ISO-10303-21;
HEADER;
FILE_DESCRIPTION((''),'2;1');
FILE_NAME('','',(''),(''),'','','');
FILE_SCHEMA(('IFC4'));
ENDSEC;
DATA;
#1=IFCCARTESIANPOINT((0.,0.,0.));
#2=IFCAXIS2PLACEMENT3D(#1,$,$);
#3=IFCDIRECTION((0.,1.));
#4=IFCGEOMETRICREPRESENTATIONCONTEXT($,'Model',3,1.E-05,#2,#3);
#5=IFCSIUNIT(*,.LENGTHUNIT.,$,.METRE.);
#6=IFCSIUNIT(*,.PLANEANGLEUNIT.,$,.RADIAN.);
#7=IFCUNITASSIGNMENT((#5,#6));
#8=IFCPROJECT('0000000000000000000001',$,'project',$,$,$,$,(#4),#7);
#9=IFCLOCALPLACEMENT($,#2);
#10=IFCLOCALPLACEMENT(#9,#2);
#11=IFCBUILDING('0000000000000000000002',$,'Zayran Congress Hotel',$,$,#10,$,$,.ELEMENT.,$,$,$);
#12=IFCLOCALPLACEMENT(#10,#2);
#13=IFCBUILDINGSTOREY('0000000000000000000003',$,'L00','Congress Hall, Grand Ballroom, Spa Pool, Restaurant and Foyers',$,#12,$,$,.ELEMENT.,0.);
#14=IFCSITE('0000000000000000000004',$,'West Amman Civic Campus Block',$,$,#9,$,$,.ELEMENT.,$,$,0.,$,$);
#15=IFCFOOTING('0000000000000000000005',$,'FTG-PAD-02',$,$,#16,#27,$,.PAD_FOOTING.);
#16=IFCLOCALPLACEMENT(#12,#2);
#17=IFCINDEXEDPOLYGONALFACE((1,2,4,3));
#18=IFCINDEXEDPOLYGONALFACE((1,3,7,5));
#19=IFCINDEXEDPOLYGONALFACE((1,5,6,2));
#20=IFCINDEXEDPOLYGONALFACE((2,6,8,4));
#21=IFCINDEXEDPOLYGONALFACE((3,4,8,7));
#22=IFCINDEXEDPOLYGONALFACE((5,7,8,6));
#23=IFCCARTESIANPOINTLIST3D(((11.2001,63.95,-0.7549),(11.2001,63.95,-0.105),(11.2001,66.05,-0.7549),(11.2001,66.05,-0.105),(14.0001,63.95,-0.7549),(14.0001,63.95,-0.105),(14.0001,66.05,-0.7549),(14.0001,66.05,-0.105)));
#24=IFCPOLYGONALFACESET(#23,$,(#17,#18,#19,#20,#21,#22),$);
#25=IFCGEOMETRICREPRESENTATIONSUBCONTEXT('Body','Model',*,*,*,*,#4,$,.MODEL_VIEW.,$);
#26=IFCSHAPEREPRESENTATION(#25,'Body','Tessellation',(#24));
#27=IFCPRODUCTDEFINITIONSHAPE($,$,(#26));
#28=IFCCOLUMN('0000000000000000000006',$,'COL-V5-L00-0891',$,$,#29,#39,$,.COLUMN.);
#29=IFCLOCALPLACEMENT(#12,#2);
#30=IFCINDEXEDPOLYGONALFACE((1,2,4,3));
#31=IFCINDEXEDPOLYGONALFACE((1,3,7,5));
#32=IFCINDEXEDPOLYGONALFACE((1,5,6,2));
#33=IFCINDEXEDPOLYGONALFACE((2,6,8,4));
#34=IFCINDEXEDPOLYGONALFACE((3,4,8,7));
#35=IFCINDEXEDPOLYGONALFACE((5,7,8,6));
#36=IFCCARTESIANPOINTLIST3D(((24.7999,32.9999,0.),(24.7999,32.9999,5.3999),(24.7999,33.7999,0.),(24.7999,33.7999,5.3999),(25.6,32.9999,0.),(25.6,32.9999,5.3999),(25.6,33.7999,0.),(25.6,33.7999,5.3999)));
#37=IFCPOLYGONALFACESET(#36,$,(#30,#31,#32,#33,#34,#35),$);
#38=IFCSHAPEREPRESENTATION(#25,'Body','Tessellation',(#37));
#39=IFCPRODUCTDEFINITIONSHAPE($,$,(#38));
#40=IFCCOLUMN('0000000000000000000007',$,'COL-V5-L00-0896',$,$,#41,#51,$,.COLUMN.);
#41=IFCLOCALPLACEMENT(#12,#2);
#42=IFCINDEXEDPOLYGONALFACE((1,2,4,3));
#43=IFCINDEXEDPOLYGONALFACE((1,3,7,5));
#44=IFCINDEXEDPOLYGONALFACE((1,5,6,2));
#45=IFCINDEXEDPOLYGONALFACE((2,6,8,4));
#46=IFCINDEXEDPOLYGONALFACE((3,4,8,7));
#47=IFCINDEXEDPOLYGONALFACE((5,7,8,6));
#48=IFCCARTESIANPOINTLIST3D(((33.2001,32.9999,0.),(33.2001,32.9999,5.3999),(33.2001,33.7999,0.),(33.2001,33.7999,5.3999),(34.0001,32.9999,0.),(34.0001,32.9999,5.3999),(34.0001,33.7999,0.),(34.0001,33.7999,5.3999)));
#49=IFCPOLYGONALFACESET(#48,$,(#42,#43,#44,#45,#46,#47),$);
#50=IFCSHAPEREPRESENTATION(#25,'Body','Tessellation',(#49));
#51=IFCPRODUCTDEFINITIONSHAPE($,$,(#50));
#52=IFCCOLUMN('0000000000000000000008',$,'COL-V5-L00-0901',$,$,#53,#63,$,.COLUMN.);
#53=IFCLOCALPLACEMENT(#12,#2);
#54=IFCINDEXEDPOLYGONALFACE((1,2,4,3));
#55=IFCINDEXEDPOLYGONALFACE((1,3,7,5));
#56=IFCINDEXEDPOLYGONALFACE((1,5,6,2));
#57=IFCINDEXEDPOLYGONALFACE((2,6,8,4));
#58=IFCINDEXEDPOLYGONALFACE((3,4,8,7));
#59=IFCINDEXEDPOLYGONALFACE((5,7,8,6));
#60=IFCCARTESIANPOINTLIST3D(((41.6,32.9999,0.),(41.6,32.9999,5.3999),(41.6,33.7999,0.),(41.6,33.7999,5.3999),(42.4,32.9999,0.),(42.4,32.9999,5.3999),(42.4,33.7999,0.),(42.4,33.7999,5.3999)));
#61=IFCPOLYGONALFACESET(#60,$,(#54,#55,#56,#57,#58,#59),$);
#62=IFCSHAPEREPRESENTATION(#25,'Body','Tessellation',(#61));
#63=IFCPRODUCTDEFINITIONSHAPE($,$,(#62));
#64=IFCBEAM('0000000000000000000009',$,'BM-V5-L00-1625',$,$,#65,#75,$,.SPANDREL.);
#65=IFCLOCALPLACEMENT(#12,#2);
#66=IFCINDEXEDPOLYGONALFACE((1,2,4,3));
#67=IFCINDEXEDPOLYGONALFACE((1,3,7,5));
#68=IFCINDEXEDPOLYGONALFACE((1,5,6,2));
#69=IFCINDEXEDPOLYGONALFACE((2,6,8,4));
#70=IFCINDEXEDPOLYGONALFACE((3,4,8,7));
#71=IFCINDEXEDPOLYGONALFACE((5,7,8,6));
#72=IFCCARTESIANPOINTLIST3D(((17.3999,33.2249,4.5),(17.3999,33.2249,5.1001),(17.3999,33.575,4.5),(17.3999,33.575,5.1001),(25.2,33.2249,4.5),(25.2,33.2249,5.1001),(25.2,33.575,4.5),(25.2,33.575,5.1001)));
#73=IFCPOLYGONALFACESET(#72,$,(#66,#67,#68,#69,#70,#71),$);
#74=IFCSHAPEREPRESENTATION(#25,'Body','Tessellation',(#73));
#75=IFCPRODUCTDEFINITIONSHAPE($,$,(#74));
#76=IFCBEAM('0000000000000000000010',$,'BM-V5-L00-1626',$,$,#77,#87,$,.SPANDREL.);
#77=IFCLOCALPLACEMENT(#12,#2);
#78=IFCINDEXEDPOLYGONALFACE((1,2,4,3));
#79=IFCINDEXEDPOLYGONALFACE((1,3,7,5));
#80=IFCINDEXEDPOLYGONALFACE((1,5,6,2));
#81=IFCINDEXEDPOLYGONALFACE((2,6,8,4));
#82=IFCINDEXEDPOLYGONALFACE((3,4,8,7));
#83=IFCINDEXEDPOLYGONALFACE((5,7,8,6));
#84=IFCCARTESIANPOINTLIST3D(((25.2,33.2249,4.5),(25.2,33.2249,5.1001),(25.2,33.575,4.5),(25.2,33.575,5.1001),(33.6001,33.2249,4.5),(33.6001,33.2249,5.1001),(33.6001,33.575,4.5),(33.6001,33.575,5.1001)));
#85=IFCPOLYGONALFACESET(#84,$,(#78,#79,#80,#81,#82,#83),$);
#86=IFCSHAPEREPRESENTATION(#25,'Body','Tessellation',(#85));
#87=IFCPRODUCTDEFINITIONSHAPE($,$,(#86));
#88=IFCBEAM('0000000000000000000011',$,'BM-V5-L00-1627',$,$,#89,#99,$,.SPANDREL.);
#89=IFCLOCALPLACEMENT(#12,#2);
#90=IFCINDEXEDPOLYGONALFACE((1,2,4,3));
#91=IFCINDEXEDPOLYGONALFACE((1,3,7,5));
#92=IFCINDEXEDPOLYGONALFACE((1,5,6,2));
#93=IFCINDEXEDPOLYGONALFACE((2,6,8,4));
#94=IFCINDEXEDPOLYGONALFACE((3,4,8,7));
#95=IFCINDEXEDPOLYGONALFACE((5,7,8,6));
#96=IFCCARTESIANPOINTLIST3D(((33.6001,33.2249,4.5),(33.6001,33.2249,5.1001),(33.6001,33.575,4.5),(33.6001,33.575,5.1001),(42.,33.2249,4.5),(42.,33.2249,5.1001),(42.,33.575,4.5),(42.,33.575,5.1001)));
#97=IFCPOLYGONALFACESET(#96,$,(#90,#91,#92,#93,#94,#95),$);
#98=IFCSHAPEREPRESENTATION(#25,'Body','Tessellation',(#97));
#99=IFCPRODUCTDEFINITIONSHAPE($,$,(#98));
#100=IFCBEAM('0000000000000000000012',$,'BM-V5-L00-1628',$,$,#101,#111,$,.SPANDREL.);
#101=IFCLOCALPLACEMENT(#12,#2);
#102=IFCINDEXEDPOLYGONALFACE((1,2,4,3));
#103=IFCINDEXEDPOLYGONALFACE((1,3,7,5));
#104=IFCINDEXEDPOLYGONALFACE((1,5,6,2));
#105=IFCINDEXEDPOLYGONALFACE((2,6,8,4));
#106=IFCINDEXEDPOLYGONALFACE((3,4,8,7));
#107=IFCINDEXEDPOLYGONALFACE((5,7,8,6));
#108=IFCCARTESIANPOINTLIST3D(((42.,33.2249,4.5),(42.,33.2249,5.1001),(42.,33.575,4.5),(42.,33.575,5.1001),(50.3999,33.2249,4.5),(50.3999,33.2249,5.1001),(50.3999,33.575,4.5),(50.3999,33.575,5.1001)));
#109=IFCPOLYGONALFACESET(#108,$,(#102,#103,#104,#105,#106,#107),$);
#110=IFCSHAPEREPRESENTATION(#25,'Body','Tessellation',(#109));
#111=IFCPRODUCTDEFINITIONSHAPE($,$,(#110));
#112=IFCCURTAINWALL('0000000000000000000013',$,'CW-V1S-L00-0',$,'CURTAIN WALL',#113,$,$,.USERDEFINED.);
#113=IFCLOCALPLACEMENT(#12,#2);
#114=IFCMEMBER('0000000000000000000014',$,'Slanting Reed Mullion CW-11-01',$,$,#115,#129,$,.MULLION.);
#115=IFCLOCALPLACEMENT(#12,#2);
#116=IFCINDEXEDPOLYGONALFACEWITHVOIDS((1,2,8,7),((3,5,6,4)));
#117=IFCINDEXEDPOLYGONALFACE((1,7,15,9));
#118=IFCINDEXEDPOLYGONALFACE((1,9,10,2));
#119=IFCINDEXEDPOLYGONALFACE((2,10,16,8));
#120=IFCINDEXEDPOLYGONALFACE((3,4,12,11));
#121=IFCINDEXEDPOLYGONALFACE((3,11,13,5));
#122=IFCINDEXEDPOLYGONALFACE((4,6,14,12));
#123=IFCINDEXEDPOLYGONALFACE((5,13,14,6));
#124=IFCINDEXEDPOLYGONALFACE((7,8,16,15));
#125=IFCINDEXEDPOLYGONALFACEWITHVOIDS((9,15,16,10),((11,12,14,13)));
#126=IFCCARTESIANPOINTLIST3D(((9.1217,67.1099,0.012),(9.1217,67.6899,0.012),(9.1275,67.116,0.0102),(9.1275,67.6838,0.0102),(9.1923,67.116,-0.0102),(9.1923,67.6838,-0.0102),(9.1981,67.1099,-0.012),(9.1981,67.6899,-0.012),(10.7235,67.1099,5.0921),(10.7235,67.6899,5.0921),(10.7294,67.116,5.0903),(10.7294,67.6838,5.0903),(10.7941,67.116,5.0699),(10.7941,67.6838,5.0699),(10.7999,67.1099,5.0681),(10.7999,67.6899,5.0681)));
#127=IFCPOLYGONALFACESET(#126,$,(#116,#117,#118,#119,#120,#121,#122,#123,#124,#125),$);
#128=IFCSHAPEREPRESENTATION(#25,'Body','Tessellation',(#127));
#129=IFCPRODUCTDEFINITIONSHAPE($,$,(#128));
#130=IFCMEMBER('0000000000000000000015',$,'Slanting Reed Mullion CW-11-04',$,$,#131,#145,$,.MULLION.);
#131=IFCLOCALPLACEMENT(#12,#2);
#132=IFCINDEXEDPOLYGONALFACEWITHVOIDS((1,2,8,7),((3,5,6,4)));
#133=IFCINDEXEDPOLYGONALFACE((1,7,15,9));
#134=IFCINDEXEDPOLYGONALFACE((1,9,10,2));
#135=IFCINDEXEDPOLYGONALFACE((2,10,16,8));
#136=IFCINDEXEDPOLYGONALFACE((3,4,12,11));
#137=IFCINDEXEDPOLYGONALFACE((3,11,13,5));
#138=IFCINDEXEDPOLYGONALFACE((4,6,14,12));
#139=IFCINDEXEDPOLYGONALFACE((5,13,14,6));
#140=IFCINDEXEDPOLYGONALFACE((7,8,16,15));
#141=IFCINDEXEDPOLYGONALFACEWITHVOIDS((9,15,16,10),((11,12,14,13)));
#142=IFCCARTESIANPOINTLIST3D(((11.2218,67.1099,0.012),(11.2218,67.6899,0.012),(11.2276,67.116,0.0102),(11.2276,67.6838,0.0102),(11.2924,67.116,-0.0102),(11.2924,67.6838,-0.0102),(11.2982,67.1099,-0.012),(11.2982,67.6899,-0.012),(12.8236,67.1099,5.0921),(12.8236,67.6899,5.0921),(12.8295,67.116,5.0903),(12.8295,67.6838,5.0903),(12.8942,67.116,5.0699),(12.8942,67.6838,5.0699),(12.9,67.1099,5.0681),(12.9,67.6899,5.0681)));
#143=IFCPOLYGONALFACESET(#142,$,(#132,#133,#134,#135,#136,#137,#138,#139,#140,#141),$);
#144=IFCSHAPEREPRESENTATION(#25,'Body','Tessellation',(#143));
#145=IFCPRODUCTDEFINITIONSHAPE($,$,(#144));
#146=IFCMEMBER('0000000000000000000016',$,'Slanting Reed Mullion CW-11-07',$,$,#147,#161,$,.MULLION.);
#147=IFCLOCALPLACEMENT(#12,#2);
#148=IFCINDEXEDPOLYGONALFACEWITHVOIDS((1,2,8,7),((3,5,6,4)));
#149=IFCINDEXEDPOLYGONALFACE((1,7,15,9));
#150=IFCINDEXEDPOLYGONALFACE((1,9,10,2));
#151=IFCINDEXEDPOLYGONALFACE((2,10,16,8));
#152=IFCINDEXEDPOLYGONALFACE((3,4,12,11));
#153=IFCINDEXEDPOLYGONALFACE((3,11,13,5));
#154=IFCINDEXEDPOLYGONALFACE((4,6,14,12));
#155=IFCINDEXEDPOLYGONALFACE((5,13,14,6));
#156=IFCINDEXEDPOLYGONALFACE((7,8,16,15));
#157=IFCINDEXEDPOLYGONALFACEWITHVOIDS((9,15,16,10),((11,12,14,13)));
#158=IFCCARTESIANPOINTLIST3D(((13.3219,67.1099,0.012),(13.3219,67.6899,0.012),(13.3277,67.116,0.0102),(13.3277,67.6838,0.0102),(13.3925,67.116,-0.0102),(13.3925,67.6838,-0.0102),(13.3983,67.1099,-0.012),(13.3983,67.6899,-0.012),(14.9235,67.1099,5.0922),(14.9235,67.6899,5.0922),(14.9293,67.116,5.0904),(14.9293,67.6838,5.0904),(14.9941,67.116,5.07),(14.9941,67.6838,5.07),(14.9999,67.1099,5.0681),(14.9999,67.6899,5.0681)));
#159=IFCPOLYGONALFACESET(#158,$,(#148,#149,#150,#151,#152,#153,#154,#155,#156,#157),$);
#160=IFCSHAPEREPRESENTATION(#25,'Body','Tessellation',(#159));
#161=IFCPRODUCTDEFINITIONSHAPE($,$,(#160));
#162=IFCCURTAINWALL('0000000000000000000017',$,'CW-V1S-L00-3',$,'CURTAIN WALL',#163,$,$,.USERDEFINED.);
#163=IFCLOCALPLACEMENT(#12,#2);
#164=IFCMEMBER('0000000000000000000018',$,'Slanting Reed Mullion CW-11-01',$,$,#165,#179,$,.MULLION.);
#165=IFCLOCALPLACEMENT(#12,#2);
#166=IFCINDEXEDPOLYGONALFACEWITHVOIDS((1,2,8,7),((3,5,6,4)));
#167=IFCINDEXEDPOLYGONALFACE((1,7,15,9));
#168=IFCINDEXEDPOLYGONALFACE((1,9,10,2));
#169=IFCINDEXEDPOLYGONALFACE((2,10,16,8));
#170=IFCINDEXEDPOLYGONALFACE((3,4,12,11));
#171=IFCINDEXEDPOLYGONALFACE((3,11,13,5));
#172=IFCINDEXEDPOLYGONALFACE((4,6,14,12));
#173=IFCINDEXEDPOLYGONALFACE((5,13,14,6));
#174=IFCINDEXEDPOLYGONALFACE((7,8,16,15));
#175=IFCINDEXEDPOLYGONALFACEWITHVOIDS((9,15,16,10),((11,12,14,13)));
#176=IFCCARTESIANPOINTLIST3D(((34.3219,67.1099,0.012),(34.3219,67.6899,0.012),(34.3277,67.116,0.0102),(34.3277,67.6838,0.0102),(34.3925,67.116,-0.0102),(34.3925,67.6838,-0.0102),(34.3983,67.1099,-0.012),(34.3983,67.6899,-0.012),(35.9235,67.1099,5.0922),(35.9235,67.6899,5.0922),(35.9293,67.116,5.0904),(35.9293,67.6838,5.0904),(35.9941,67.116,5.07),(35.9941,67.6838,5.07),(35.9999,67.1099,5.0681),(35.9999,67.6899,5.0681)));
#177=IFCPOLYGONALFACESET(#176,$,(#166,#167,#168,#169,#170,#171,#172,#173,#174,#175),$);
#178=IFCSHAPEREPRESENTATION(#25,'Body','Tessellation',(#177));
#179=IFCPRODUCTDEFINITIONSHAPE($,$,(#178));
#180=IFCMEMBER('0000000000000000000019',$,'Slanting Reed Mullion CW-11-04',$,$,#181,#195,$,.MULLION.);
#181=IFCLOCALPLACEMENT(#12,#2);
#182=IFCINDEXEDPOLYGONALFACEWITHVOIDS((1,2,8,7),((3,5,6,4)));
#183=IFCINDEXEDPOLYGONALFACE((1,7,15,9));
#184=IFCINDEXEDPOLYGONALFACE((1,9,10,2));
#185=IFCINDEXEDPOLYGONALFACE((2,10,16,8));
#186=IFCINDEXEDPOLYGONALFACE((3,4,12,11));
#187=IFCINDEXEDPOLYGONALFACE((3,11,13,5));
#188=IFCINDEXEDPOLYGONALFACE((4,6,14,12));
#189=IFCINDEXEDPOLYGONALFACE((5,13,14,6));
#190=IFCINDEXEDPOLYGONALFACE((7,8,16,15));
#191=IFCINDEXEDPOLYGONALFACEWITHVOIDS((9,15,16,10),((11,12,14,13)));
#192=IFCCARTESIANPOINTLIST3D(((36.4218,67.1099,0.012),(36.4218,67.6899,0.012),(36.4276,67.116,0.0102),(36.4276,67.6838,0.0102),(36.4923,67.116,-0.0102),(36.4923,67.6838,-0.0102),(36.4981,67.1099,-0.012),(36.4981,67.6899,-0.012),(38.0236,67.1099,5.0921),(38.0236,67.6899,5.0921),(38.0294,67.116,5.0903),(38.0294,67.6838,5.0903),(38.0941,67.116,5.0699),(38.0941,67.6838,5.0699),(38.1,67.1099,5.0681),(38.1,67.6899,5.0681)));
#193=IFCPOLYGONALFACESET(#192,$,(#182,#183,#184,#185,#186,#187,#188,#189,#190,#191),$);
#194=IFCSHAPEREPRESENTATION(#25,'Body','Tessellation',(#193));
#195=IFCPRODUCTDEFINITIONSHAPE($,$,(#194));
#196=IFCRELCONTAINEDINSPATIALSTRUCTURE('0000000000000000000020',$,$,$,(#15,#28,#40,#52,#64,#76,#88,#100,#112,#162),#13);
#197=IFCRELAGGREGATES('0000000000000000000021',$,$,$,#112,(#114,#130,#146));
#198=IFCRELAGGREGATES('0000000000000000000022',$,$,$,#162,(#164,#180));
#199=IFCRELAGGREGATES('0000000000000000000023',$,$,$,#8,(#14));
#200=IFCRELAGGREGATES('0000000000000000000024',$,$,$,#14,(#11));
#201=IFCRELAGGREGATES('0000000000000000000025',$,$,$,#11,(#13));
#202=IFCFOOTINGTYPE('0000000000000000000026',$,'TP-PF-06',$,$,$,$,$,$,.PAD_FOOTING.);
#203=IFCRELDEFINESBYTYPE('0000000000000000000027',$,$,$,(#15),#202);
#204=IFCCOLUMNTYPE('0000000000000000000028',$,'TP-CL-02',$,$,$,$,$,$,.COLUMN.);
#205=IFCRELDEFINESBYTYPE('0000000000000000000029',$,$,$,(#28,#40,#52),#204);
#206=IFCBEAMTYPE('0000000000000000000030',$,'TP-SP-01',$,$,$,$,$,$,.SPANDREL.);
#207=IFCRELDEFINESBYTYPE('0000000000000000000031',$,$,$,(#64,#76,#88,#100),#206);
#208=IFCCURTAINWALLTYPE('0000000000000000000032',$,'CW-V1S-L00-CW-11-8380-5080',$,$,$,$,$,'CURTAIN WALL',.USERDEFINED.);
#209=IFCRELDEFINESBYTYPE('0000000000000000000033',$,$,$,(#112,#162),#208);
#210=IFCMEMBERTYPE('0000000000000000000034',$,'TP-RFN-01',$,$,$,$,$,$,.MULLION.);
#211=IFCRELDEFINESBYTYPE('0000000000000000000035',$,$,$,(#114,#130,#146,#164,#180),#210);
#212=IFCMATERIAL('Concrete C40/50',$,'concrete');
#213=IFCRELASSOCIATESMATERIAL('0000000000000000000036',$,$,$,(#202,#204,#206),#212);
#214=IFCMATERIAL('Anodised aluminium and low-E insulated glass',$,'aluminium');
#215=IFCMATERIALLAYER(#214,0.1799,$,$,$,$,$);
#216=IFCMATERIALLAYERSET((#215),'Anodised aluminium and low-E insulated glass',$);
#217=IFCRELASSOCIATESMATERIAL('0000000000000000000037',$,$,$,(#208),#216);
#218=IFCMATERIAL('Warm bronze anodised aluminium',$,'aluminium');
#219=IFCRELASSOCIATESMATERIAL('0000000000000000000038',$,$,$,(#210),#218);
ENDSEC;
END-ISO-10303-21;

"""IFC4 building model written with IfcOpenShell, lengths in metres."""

from ifc_helpers import new_model, si_unit, direction, frame, origin, origin_2d, place, context, subcontext, project, spatial, rectangle, hollow_rectangle, extrude, material, layer, layer_set, material_profile, profile_set, type_object, element, aggregate, save


model = new_model("IFC4")

# Units and contexts
model_context = context("Model", 3, precision=1e-05, world=origin(), true_north=direction((0.0, 1.0)))
body_context = subcontext(model_context, "Body", "Model", "MODEL_VIEW")
ifc_project = project(units=[si_unit("LENGTHUNIT", "METRE"), si_unit("PLANEANGLEUNIT", "RADIAN")], contexts=[model_context])

# Site, building, storey
site_placement = place(None, origin())
site = spatial("IfcSite", under=ifc_project, at=site_placement, Name="West Amman Civic Campus Block", CompositionType="ELEMENT", RefElevation=0.0)
building_placement = place(site_placement, origin())
building = spatial("IfcBuilding", under=site, at=building_placement, Name="Zayran Congress Hotel", CompositionType="ELEMENT")
storey_placement = place(building_placement, origin())
storey = spatial("IfcBuildingStorey", under=building, at=storey_placement, Name="L00", Description="Congress Hall, Grand Ballroom, Spa Pool, Restaurant and Foyers", CompositionType="ELEMENT", Elevation=0.0)

# Footing
ifc_material_1 = material(Name="Concrete C40/50", Category="concrete")
footing_type = type_object("IfcFootingType", Name="TP-PF-06", PredefinedType="PAD_FOOTING", material=ifc_material_1)
footing_placement = place(storey_placement, frame((12.6001, 65.0, -0.7549), z_axis=(0.0, 0.0, 1.0), x_axis=(1.0, 0.0, 0.0)))
element("IfcFooting", 1, at=footing_placement, inside=storey, type_object=footing_type, Name="FTG-PAD-02", PredefinedType="PAD_FOOTING", context=body_context, shape_type="SweptSolid", body=[
    extrude(rectangle(XDim=2.8, YDim=2.1001, at=origin_2d()), origin(), (0.0, 0.0, 1.0), 0.6499),
])

# Columns
ifc_material_profile_1 = material_profile(ifc_material_1, rectangle(XDim=0.8, YDim=0.8, at=origin_2d()), Name="RC 800x800")
ifc_profile_set_1 = profile_set([ifc_material_profile_1], Name="Concrete C40/50")
column_type = type_object("IfcColumnType", Name="TP-CL-02", PredefinedType="COLUMN", material=ifc_profile_set_1)
for number, where, z_axis, x_axis, name in (
    (2, (25.2, 33.3999, 0.0), (0.0, 0.0, 1.0), (1.0, 0.0, 0.0), "COL-V5-L00-0891"),
    (3, (33.6001, 33.3999, 0.0), (0.0, 0.0, 1.0), (1.0, 0.0, 0.0), "COL-V5-L00-0896"),
    (4, (42.0, 33.3999, 0.0), (0.0, 0.0, 1.0), (1.0, 0.0, 0.0), "COL-V5-L00-0901"),
):
    element("IfcColumn", number, at=place(storey_placement, frame(where, z_axis=z_axis, x_axis=x_axis)), inside=storey, type_object=column_type, Name=name, PredefinedType="COLUMN", context=body_context, shape_type="SweptSolid", body=[
        extrude(rectangle(XDim=0.8, YDim=0.8, at=origin_2d()), origin(), (0.0, 0.0, 1.0), 5.3999),
    ])

# Beams
ifc_material_profile_2 = material_profile(ifc_material_1, rectangle(XDim=0.3501, YDim=0.6001, at=origin_2d()), Name="RC 350x600")
ifc_profile_set_2 = profile_set([ifc_material_profile_2], Name="Concrete C40/50")
beam_type = type_object("IfcBeamType", Name="TP-SP-01", PredefinedType="SPANDREL", material=ifc_profile_set_2)
beam_1_placement = place(storey_placement, frame((17.3999, 33.3999, 4.8), z_axis=(1.0, 0.0, 0.0), x_axis=(0.0, 1.0, 0.0)))
element("IfcBeam", 5, at=beam_1_placement, inside=storey, type_object=beam_type, Name="BM-V5-L00-1625", PredefinedType="SPANDREL", context=body_context, shape_type="SweptSolid", body=[
    extrude(rectangle(XDim=0.3501, YDim=0.6001, at=origin_2d()), origin(), (0.0, 0.0, 1.0), 7.8),
])
beam_2_placement = place(storey_placement, frame((25.2, 33.3999, 4.8), z_axis=(1.0, 0.0, 0.0), x_axis=(0.0, 1.0, 0.0)))
element("IfcBeam", 6, at=beam_2_placement, inside=storey, type_object=beam_type, Name="BM-V5-L00-1626", PredefinedType="SPANDREL", context=body_context, shape_type="SweptSolid", body=[
    extrude(rectangle(XDim=0.3501, YDim=0.6001, at=origin_2d()), origin(), (0.0, 0.0, 1.0), 8.4001),
])
for number, where, z_axis, x_axis, name in (
    (7, (33.6001, 33.3999, 4.8), (1.0, 0.0, 0.0), (0.0, 1.0, 0.0), "BM-V5-L00-1627"),
    (8, (42.0, 33.3999, 4.8), (1.0, 0.0, 0.0), (0.0, 1.0, 0.0), "BM-V5-L00-1628"),
):
    element("IfcBeam", number, at=place(storey_placement, frame(where, z_axis=z_axis, x_axis=x_axis)), inside=storey, type_object=beam_type, Name=name, PredefinedType="SPANDREL", context=body_context, shape_type="SweptSolid", body=[
        extrude(rectangle(XDim=0.3501, YDim=0.6001, at=origin_2d()), origin(), (0.0, 0.0, 1.0), 8.3999),
    ])

# Curtain walls, members
ifc_material_2 = material(Name="Anodised aluminium and low-E insulated glass", Category="aluminium")
ifc_layer_1 = layer(ifc_material_2, 0.1799)
ifc_layer_set_1 = layer_set([ifc_layer_1], Name="Anodised aluminium and low-E insulated glass")
curtain_wall_type_1 = type_object("IfcCurtainWallType", Name="CW-V1S-L00-CW-11-8380-5080", ElementType="CURTAIN WALL", PredefinedType="USERDEFINED", material=ifc_layer_set_1)
curtain_wall_1_placement = place(storey_placement, origin())
curtain_wall_1 = element("IfcCurtainWall", 9, at=curtain_wall_1_placement, inside=storey, type_object=curtain_wall_type_1, Name="CW-V1S-L00-0", ObjectType="CURTAIN WALL", PredefinedType="USERDEFINED")
ifc_material_3 = material(Name="Warm bronze anodised aluminium", Category="aluminium")
ifc_material_profile_3 = material_profile(ifc_material_3, hollow_rectangle(XDim=0.0801, YDim=0.5801, WallThickness=0.0061, at=origin_2d()), Name="RHS 580x80x6")
ifc_profile_set_3 = profile_set([ifc_material_profile_3], Name="Warm bronze anodised aluminium")
member_type = type_object("IfcMemberType", Name="TP-RFN-01", PredefinedType="MULLION", material=ifc_profile_set_3)
member_1_placement = place(storey_placement, frame((9.1599, 67.3999, 0.0), z_axis=(0.300717, 0.0, 0.953713), x_axis=(-0.953713, 0.0, 0.300717)))
member_1 = element("IfcMember", 10, at=member_1_placement, type_object=member_type, Name="Slanting Reed Mullion CW-11-01", PredefinedType="MULLION", context=body_context, shape_type="SweptSolid", body=[
    extrude(hollow_rectangle(XDim=0.0801, YDim=0.5801, WallThickness=0.0061, at=origin_2d()), origin(), (0.0, 0.0, 1.0), 5.3267),
])
member_2_placement = place(storey_placement, frame((11.26, 67.3999, 0.0), z_axis=(0.300717, 0.0, 0.953713), x_axis=(-0.953713, 0.0, 0.300717)))
member_2 = element("IfcMember", 11, at=member_2_placement, type_object=member_type, Name="Slanting Reed Mullion CW-11-04", PredefinedType="MULLION", context=body_context, shape_type="SweptSolid", body=[
    extrude(hollow_rectangle(XDim=0.0801, YDim=0.5801, WallThickness=0.0061, at=origin_2d()), origin(), (0.0, 0.0, 1.0), 5.3267),
])
member_3_placement = place(storey_placement, frame((13.3601, 67.3999, 0.0), z_axis=(0.300675, 0.0, 0.953727), x_axis=(-0.953727, 0.0, 0.300675)))
member_3 = element("IfcMember", 12, at=member_3_placement, type_object=member_type, Name="Slanting Reed Mullion CW-11-07", PredefinedType="MULLION", context=body_context, shape_type="SweptSolid", body=[
    extrude(hollow_rectangle(XDim=0.0801, YDim=0.5801, WallThickness=0.0061, at=origin_2d()), origin(), (0.0, 0.0, 1.0), 5.3267),
])
aggregate(curtain_wall_1, [member_1, member_2, member_3])
curtain_wall_2_placement = place(storey_placement, origin())
curtain_wall_2 = element("IfcCurtainWall", 13, at=curtain_wall_2_placement, inside=storey, type_object=curtain_wall_type_1, Name="CW-V1S-L00-3", ObjectType="CURTAIN WALL", PredefinedType="USERDEFINED")
member_4_placement = place(storey_placement, frame((34.3601, 67.3999, 0.0), z_axis=(0.300675, 0.0, 0.953727), x_axis=(-0.953727, 0.0, 0.300675)))
member_4 = element("IfcMember", 14, at=member_4_placement, type_object=member_type, Name="Slanting Reed Mullion CW-11-01", PredefinedType="MULLION", context=body_context, shape_type="SweptSolid", body=[
    extrude(hollow_rectangle(XDim=0.0801, YDim=0.5801, WallThickness=0.0061, at=origin_2d()), origin(), (0.0, 0.0, 1.0), 5.3267),
])
member_5_placement = place(storey_placement, frame((36.46, 67.3999, 0.0), z_axis=(0.300717, 0.0, 0.953713), x_axis=(-0.953713, 0.0, 0.300717)))
member_5 = element("IfcMember", 15, at=member_5_placement, type_object=member_type, Name="Slanting Reed Mullion CW-11-04", PredefinedType="MULLION", context=body_context, shape_type="SweptSolid", body=[
    extrude(hollow_rectangle(XDim=0.0801, YDim=0.5801, WallThickness=0.0061, at=origin_2d()), origin(), (0.0, 0.0, 1.0), 5.3267),
])
aggregate(curtain_wall_2, [member_4, member_5])

save(model, "model.ifc")
